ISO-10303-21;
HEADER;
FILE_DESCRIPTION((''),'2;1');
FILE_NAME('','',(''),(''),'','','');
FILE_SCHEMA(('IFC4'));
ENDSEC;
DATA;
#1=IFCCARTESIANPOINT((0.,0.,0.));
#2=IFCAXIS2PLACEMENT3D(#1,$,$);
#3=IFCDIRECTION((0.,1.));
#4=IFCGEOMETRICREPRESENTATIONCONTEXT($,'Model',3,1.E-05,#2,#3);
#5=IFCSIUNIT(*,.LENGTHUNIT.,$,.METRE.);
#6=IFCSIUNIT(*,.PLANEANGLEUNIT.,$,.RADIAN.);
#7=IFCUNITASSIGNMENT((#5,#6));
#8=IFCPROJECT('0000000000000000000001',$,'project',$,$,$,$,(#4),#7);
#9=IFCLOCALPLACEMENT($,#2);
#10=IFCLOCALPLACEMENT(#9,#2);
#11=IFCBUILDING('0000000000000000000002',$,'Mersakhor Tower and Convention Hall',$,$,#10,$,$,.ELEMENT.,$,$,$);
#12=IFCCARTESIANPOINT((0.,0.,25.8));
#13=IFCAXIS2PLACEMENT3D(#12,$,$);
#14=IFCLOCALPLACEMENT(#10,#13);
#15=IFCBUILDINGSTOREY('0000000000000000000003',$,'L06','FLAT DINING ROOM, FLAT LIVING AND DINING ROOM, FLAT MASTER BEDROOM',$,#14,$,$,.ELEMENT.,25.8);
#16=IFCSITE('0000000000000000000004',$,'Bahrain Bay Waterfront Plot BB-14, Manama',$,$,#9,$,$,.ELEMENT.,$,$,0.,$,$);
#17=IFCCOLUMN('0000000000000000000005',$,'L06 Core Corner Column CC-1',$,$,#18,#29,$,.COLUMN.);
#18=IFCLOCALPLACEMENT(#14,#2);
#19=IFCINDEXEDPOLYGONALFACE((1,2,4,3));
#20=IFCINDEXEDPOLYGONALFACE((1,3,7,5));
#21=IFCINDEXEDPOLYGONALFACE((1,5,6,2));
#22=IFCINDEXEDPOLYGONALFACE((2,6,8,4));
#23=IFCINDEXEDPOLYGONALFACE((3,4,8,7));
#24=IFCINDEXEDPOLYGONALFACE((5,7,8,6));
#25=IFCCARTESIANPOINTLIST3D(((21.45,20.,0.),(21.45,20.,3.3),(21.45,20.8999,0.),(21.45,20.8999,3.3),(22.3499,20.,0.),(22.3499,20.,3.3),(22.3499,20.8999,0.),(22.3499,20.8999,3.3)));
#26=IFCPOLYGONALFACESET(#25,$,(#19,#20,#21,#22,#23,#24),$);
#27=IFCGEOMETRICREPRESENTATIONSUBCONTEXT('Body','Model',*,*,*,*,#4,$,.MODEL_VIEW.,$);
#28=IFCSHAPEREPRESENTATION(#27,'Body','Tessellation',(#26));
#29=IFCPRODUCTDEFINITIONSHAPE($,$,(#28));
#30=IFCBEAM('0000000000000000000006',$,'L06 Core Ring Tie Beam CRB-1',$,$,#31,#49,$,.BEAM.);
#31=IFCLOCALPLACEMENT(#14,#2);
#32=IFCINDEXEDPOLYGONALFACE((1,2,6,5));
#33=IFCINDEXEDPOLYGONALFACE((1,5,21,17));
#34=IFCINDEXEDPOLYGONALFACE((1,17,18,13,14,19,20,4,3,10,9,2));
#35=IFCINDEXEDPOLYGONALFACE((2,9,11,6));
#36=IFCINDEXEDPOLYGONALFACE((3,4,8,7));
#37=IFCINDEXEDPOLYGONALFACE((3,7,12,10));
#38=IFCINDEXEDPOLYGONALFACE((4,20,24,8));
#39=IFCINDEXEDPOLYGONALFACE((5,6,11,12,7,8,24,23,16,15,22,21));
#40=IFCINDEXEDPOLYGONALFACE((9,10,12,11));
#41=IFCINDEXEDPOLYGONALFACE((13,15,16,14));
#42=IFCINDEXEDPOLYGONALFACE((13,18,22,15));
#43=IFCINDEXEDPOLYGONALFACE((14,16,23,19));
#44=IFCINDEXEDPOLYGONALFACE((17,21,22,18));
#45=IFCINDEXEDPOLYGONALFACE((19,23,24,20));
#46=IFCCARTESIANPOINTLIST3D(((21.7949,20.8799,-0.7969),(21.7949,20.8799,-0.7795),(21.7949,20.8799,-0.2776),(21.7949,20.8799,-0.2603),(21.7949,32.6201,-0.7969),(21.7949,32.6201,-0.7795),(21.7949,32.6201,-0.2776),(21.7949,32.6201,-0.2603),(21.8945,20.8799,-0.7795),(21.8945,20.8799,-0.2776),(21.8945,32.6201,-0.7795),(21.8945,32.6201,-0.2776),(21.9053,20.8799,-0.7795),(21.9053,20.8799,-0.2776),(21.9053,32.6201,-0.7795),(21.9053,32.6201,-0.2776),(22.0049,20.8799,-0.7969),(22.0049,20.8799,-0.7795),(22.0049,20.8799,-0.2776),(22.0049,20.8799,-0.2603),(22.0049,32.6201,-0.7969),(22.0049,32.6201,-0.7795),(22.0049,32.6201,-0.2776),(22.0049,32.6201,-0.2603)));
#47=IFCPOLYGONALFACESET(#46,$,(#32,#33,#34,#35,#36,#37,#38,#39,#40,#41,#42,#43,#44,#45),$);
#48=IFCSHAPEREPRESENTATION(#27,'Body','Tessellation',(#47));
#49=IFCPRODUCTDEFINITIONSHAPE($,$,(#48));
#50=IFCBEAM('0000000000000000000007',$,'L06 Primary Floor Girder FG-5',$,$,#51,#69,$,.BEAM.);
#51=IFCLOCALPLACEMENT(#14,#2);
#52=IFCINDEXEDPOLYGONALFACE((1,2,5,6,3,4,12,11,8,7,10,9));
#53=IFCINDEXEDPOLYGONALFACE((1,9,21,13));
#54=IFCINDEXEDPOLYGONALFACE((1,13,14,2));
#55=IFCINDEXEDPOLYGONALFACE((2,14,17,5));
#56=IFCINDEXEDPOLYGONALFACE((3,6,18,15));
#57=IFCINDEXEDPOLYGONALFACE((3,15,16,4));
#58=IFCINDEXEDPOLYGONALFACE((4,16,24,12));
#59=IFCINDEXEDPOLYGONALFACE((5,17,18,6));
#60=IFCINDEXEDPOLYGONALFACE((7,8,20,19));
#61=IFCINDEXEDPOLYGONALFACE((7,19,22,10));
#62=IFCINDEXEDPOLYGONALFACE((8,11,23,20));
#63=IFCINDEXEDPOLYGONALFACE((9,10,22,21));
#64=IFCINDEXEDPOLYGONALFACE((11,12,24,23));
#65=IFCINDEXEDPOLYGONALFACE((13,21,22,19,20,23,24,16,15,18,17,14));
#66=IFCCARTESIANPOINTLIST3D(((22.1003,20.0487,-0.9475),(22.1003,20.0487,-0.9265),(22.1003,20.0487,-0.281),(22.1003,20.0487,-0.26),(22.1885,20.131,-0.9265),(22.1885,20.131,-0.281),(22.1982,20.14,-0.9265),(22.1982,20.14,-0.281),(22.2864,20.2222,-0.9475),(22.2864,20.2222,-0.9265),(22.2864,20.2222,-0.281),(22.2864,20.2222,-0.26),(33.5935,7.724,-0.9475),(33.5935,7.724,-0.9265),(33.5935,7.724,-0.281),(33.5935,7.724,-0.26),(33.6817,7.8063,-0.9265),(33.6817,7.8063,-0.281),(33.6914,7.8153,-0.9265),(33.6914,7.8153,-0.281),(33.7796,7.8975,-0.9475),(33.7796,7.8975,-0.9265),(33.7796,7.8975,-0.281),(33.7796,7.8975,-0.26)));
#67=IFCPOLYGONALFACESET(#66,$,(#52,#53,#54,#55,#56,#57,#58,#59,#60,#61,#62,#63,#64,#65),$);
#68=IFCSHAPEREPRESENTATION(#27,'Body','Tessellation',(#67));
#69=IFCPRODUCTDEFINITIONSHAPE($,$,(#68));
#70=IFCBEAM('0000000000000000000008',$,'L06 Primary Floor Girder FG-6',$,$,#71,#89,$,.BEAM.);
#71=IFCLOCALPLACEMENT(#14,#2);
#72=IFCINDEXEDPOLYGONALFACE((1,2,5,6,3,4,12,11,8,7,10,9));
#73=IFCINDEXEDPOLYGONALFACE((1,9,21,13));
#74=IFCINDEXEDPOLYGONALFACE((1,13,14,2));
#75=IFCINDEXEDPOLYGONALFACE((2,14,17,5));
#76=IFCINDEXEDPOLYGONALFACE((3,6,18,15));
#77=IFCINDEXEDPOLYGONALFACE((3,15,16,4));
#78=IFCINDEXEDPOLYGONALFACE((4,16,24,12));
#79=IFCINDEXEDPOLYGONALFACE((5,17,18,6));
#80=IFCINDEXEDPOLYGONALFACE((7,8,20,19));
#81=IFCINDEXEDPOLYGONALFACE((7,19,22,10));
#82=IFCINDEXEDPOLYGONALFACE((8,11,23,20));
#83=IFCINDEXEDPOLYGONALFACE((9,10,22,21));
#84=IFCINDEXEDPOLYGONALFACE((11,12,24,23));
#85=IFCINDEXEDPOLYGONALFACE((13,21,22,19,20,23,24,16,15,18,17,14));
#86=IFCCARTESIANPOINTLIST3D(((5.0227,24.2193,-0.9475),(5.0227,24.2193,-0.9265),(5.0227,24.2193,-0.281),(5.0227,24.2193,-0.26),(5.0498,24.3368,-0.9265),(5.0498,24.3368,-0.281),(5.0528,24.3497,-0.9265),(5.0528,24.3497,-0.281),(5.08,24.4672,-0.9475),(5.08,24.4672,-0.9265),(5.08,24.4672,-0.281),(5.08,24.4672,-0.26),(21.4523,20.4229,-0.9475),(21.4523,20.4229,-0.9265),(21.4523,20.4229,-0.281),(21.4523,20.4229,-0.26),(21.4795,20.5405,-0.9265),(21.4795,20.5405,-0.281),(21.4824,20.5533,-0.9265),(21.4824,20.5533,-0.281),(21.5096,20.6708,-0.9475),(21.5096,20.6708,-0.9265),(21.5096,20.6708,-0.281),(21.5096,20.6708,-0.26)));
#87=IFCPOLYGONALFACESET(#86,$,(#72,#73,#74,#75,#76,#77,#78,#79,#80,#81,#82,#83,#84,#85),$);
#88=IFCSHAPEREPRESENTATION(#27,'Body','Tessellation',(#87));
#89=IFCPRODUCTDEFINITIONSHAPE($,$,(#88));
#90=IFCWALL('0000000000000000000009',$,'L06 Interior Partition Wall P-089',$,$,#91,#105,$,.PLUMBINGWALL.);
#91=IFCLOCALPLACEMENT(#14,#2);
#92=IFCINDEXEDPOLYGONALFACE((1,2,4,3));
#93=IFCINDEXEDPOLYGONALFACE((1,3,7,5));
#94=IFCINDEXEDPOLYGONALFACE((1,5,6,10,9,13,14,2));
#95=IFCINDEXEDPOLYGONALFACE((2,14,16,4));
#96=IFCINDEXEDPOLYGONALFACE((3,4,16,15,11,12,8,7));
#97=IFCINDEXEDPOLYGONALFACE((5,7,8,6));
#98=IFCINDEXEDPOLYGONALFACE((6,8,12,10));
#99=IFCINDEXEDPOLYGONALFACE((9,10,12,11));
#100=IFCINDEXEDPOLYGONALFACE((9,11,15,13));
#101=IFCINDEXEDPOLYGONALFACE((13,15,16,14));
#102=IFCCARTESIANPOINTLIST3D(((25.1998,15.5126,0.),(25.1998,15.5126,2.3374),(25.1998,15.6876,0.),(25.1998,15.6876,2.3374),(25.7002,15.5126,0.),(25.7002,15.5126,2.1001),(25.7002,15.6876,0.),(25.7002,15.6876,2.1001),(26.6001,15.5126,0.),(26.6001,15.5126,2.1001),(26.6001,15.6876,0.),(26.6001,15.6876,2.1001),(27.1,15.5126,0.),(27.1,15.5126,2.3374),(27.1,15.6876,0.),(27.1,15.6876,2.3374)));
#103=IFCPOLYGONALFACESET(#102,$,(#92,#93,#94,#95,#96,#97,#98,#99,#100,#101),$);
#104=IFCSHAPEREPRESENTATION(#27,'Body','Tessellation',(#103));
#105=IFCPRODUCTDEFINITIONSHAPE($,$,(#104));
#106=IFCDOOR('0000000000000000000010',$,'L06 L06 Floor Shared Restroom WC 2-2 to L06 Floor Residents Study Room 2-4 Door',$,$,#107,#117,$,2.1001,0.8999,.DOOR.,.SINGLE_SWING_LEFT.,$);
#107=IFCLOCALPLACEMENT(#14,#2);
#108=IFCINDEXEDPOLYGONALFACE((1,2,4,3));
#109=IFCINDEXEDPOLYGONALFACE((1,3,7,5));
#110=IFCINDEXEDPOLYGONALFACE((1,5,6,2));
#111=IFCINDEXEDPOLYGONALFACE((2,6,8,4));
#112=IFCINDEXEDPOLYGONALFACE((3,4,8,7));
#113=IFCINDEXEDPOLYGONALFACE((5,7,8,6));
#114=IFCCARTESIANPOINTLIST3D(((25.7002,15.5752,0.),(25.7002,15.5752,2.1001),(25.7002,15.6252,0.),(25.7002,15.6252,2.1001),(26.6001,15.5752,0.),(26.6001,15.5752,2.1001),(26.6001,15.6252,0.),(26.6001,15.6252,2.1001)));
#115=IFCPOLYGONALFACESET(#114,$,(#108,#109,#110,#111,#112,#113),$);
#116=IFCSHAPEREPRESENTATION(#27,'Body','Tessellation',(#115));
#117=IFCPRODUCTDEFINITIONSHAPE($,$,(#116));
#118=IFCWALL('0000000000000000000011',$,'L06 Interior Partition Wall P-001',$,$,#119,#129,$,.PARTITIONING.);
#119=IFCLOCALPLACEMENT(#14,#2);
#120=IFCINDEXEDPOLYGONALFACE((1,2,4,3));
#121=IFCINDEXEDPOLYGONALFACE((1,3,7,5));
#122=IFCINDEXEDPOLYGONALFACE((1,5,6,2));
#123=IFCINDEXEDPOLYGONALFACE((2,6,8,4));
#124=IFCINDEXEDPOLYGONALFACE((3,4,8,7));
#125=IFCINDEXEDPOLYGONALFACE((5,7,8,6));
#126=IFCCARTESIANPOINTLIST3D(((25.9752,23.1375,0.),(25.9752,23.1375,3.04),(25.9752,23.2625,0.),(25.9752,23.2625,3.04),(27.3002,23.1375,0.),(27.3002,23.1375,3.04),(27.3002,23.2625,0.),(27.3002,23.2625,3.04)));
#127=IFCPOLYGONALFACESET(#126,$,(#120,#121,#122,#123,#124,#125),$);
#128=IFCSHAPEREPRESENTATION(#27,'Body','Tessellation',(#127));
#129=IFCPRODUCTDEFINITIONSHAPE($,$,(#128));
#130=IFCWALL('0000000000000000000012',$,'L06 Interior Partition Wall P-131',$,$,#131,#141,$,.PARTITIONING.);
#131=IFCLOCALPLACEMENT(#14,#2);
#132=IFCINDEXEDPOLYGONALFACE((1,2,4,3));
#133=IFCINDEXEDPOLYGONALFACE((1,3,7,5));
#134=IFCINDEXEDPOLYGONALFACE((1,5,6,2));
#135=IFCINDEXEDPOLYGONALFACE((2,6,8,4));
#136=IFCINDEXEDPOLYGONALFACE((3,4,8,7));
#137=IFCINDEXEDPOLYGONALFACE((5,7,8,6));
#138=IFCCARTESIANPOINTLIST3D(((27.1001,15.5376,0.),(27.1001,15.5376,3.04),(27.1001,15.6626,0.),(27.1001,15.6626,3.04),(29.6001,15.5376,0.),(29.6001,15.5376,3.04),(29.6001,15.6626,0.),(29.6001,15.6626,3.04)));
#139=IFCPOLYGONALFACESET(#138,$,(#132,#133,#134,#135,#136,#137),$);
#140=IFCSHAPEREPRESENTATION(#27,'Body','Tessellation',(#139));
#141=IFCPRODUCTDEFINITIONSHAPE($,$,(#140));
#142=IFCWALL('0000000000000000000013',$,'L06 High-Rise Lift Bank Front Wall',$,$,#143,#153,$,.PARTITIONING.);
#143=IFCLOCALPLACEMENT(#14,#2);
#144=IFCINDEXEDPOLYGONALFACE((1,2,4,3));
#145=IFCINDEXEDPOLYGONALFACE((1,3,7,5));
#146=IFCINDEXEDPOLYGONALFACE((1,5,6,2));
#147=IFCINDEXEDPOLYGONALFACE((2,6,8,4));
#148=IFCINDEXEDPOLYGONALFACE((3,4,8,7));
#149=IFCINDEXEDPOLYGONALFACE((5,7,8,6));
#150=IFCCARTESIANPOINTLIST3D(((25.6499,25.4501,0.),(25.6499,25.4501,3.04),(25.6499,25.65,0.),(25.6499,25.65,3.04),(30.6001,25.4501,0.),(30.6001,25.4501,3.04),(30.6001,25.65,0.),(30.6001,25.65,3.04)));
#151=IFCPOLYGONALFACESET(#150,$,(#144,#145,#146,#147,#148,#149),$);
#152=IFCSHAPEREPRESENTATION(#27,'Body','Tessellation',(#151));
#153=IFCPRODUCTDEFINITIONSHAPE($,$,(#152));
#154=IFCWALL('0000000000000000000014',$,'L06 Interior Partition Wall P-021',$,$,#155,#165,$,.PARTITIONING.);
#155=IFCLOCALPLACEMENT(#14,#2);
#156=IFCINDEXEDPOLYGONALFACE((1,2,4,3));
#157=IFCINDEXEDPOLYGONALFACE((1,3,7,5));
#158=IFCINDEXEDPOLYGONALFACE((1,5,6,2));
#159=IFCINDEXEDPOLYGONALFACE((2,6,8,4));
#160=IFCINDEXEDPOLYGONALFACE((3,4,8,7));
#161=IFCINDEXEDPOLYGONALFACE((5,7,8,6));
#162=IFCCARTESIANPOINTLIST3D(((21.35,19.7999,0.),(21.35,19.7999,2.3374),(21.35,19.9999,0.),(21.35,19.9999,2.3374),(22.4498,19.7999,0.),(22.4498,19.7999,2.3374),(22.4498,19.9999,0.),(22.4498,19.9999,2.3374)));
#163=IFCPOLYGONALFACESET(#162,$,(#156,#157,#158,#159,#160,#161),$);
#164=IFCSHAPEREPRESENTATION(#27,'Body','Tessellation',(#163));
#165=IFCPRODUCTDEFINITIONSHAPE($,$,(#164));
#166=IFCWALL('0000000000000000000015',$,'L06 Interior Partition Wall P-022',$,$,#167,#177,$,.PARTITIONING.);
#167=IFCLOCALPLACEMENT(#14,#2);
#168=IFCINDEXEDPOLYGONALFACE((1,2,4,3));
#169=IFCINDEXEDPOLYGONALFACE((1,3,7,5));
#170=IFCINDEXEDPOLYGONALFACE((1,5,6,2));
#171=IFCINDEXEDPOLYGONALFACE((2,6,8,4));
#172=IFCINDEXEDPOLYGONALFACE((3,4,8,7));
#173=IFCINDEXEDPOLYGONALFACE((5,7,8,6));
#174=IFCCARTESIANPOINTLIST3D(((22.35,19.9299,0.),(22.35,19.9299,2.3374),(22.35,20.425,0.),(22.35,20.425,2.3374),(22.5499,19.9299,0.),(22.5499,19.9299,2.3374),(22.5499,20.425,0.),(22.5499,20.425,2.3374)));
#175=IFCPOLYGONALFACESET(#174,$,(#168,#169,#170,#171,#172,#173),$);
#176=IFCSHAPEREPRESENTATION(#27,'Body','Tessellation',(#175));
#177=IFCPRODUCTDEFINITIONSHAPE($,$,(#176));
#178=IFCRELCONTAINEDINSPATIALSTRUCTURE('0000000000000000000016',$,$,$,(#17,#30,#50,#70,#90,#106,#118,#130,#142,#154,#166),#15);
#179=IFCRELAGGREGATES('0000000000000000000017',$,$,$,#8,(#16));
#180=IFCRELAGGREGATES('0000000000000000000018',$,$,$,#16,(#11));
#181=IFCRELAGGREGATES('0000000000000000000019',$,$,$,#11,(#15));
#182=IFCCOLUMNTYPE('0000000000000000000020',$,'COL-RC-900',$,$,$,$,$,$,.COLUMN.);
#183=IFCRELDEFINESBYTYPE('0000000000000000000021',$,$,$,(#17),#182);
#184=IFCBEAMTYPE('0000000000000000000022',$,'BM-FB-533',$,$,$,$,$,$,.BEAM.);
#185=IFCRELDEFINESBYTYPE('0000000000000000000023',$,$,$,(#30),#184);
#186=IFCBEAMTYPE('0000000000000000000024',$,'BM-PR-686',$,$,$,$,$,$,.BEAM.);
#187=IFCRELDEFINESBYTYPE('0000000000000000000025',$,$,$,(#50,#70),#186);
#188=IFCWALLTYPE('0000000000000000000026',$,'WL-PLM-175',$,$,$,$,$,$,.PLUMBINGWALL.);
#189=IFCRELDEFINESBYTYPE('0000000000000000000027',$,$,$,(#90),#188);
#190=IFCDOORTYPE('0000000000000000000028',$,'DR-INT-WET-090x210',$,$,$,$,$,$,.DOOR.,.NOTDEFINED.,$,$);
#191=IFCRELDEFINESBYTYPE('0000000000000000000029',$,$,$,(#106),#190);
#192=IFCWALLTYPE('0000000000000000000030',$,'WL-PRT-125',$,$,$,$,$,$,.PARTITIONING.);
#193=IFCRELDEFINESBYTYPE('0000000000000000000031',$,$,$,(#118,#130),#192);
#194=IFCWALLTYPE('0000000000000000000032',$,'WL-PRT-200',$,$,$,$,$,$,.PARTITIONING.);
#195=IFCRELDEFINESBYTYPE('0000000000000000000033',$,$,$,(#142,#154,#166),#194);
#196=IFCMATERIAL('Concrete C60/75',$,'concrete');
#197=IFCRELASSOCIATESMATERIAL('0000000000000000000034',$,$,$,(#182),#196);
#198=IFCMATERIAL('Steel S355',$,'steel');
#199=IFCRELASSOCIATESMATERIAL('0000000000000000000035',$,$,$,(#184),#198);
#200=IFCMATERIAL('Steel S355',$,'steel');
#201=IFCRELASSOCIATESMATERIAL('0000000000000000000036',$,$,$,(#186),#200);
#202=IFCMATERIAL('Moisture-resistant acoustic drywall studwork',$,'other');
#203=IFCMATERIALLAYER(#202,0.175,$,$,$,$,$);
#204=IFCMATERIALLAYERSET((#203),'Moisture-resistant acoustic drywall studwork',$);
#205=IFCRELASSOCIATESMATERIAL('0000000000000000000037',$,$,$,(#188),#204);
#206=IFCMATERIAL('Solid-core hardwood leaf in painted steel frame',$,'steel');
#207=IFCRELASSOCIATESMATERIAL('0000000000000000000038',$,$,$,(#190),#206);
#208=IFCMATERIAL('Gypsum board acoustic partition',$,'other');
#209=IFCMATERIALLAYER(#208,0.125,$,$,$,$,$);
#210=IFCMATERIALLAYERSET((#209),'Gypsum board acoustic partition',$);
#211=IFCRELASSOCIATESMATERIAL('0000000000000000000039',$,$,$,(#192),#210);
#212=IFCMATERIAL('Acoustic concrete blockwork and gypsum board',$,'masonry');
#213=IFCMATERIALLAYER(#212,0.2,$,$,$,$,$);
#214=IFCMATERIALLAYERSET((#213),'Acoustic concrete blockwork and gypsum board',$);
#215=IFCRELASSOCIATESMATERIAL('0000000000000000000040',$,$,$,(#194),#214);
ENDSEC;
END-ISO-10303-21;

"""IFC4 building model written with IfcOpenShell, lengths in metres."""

from ifc_helpers import new_model, si_unit, direction, frame, frame_2d, origin, origin_2d, place, context, subcontext, project, spatial, rectangle, i_section, extrude, material, layer, layer_set, material_profile, profile_set, type_object, element, fill, save


model = new_model("IFC4")

# Units and contexts
model_context = context("Model", 3, precision=1e-05, world=origin(), true_north=direction((0.0, 1.0)))
body_context = subcontext(model_context, "Body", "Model", "MODEL_VIEW")
ifc_project = project(units=[si_unit("LENGTHUNIT", "METRE"), si_unit("PLANEANGLEUNIT", "RADIAN")], contexts=[model_context])

# Site, building, storey
site_placement = place(None, origin())
site = spatial("IfcSite", under=ifc_project, at=site_placement, Name="Bahrain Bay Waterfront Plot BB-14, Manama", CompositionType="ELEMENT", RefElevation=0.0)
building_placement = place(site_placement, origin())
building = spatial("IfcBuilding", under=site, at=building_placement, Name="Mersakhor Tower and Convention Hall", CompositionType="ELEMENT")
storey_placement = place(building_placement, frame((0.0, 0.0, 25.8)))
storey = spatial("IfcBuildingStorey", under=building, at=storey_placement, Name="L06", Description="FLAT DINING ROOM, FLAT LIVING AND DINING ROOM, FLAT MASTER BEDROOM", CompositionType="ELEMENT", Elevation=25.8)

# Column
ifc_material_1 = material(Name="Concrete C60/75", Category="concrete")
ifc_material_profile_1 = material_profile(ifc_material_1, rectangle(XDim=0.8999, YDim=0.8999, at=origin_2d()), Name="RC 900x900")
ifc_profile_set_1 = profile_set([ifc_material_profile_1], Name="Concrete C60/75")
column_type = type_object("IfcColumnType", Name="COL-RC-900", PredefinedType="COLUMN", material=ifc_profile_set_1)
column_placement = place(storey_placement, frame((21.8999, 20.45, 0.0), z_axis=(0.0, 0.0, 1.0), x_axis=(1.0, 0.0, 0.0)))
element("IfcColumn", 1, at=column_placement, inside=storey, type_object=column_type, Name="L06 Core Corner Column CC-1", PredefinedType="COLUMN", context=body_context, shape_type="SweptSolid", body=[
    extrude(rectangle(XDim=0.8999, YDim=0.8999, at=origin_2d()), origin(), (0.0, 0.0, 1.0), 3.3),
])

# Beams
ifc_material_2 = material(Name="Steel S355", Category="steel")
ifc_material_profile_2 = material_profile(ifc_material_2, i_section(OverallWidth=0.21, OverallDepth=0.5366, WebThickness=0.0107, FlangeThickness=0.0173, at=origin_2d()), Name="UB 533x210x101")
ifc_profile_set_2 = profile_set([ifc_material_profile_2], Name="Steel S355")
beam_type_1 = type_object("IfcBeamType", Name="BM-FB-533", PredefinedType="BEAM", material=ifc_profile_set_2)
beam_1_placement = place(storey_placement, frame((21.8999, 20.8799, -0.5286), z_axis=(0.0, 1.0, 0.0), x_axis=(-1.0, 0.0, 0.0)))
element("IfcBeam", 2, at=beam_1_placement, inside=storey, type_object=beam_type_1, Name="L06 Core Ring Tie Beam CRB-1", PredefinedType="BEAM", context=body_context, shape_type="SweptSolid", body=[
    extrude(i_section(OverallWidth=0.21, OverallDepth=0.5366, WebThickness=0.0107, FlangeThickness=0.0173, at=origin_2d()), origin(), (0.0, 0.0, 1.0), 11.7402),
])
ifc_material_3 = material(Name="Steel S355", Category="steel")
ifc_material_profile_3 = material_profile(ifc_material_3, i_section(OverallWidth=0.2544, OverallDepth=0.6875, WebThickness=0.0132, FlangeThickness=0.021, at=origin_2d()), Name="UB 686x254x152")
ifc_profile_set_3 = profile_set([ifc_material_profile_3], Name="Steel S355")
beam_type_2 = type_object("IfcBeamType", Name="BM-PR-686", PredefinedType="BEAM", material=ifc_profile_set_3)
beam_2_placement = place(storey_placement, frame((22.1934, 20.1355, -0.6038), z_axis=(0.682004, -0.731348, 0.0), x_axis=(0.731348, 0.682004, 0.0)))
element("IfcBeam", 3, at=beam_2_placement, inside=storey, type_object=beam_type_2, Name="L06 Primary Floor Girder FG-5", PredefinedType="BEAM", context=body_context, shape_type="SweptSolid", body=[
    extrude(i_section(OverallWidth=0.2544, OverallDepth=0.6875, WebThickness=0.0132, FlangeThickness=0.021, at=origin_2d()), origin(), (0.0, 0.0, 1.0), 16.8521),
])
beam_3_placement = place(storey_placement, frame((21.481, 20.5469, -0.6038), z_axis=(-0.974327, 0.225137, 0.0), x_axis=(-0.225137, -0.974327, 0.0)))
element("IfcBeam", 4, at=beam_3_placement, inside=storey, type_object=beam_type_2, Name="L06 Primary Floor Girder FG-6", PredefinedType="BEAM", context=body_context, shape_type="SweptSolid", body=[
    extrude(i_section(OverallWidth=0.2544, OverallDepth=0.6875, WebThickness=0.0132, FlangeThickness=0.021, at=origin_2d()), origin(), (0.0, 0.0, 1.0), 16.8625),
])

# Wall, opening, door
ifc_material_4 = material(Name="Moisture-resistant acoustic drywall studwork", Category="other")
ifc_layer_1 = layer(ifc_material_4, 0.175)
ifc_layer_set_1 = layer_set([ifc_layer_1], Name="Moisture-resistant acoustic drywall studwork")
wall_type_1 = type_object("IfcWallType", Name="WL-PLM-175", PredefinedType="PLUMBINGWALL", material=ifc_layer_set_1)
wall_1_placement = place(storey_placement, frame((27.1001, 15.6001, 0.0), z_axis=(0.0, 0.0, 1.0), x_axis=(-1.0, 0.0, 0.0)))
wall_1 = element("IfcWall", 5, at=wall_1_placement, inside=storey, type_object=wall_type_1, Name="L06 Interior Partition Wall P-089", PredefinedType="PLUMBINGWALL", context=body_context, shape_type="SweptSolid", body=[
    extrude(rectangle(XDim=1.9001, YDim=0.175, at=frame_2d((0.9502, 0.0))), origin(), (0.0, 0.0, 1.0), 2.3374),
])
opening_1_placement = place(wall_1_placement, frame((0.5, 0.0, 0.0)))
opening_1 = element("IfcOpeningElement", 6, at=opening_1_placement, cuts=wall_1, PredefinedType="OPENING", context=body_context, shape_type="SweptSolid", body=[
    extrude(rectangle(XDim=0.8999, YDim=2.1001, at=frame_2d((0.45, 1.05))), frame((0.0, 0.0974, 0.0), z_axis=(0.0, -1.0, 0.0), x_axis=(1.0, 0.0, 0.0)), (0.0, 0.0, 1.0), 0.1951),
])
ifc_material_5 = material(Name="Solid-core hardwood leaf in painted steel frame", Category="steel")
door_type_1 = type_object("IfcDoorType", Name="DR-INT-WET-090x210", OperationType="NOTDEFINED", PredefinedType="DOOR", material=ifc_material_5)
door_1_placement = place(opening_1_placement, origin())
door_1 = element("IfcDoor", 7, at=door_1_placement, inside=storey, type_object=door_type_1, Name="L06 L06 Floor Shared Restroom WC 2-2 to L06 Floor Residents Study Room 2-4 Door", OperationType="SINGLE_SWING_LEFT", OverallHeight=2.1001, OverallWidth=0.8999, PredefinedType="DOOR", context=body_context, shape_type="SweptSolid", body=[
    extrude(rectangle(XDim=0.8999, YDim=2.1001, at=frame_2d((0.45, 1.05))), frame((0.0, 0.0249, 0.0), z_axis=(0.0, -1.0, 0.0), x_axis=(1.0, 0.0, 0.0)), (0.0, 0.0, 1.0), 0.05),
])
fill(opening_1, door_1)

# Walls
ifc_material_6 = material(Name="Gypsum board acoustic partition", Category="other")
ifc_layer_2 = layer(ifc_material_6, 0.125)
ifc_layer_set_2 = layer_set([ifc_layer_2], Name="Gypsum board acoustic partition")
wall_type_2 = type_object("IfcWallType", Name="WL-PRT-125", PredefinedType="PARTITIONING", material=ifc_layer_set_2)
wall_2_placement = place(storey_placement, frame((25.9751, 23.2, 0.0), z_axis=(0.0, 0.0, 1.0), x_axis=(1.0, 0.0, 0.0)))
element("IfcWall", 8, at=wall_2_placement, inside=storey, type_object=wall_type_2, Name="L06 Interior Partition Wall P-001", PredefinedType="PARTITIONING", context=body_context, shape_type="SweptSolid", body=[
    extrude(rectangle(XDim=1.325, YDim=0.125, at=frame_2d((0.6626, 0.0))), origin(), (0.0, 0.0, 1.0), 3.04),
])
wall_3_placement = place(storey_placement, frame((27.1001, 15.6001, 0.0), z_axis=(0.0, 0.0, 1.0), x_axis=(1.0, 0.0, 0.0)))
element("IfcWall", 9, at=wall_3_placement, inside=storey, type_object=wall_type_2, Name="L06 Interior Partition Wall P-131", PredefinedType="PARTITIONING", context=body_context, shape_type="SweptSolid", body=[
    extrude(rectangle(XDim=2.5, YDim=0.125, at=frame_2d((1.25, 0.0))), origin(), (0.0, 0.0, 1.0), 3.04),
])
ifc_material_7 = material(Name="Acoustic concrete blockwork and gypsum board", Category="masonry")
ifc_layer_3 = layer(ifc_material_7, 0.2)
ifc_layer_set_3 = layer_set([ifc_layer_3], Name="Acoustic concrete blockwork and gypsum board")
wall_type_3 = type_object("IfcWallType", Name="WL-PRT-200", PredefinedType="PARTITIONING", material=ifc_layer_set_3)
wall_4_placement = place(storey_placement, frame((25.6499, 25.55, 0.0), z_axis=(0.0, 0.0, 1.0), x_axis=(1.0, 0.0, 0.0)))
element("IfcWall", 10, at=wall_4_placement, inside=storey, type_object=wall_type_3, Name="L06 High-Rise Lift Bank Front Wall", PredefinedType="PARTITIONING", context=body_context, shape_type="SweptSolid", body=[
    extrude(rectangle(XDim=4.9502, YDim=0.2, at=frame_2d((2.4751, 0.0))), origin(), (0.0, 0.0, 1.0), 3.04),
])
wall_5_placement = place(storey_placement, frame((21.3501, 19.8999, 0.0), z_axis=(0.0, 0.0, 1.0), x_axis=(1.0, 0.0, 0.0)))
element("IfcWall", 11, at=wall_5_placement, inside=storey, type_object=wall_type_3, Name="L06 Interior Partition Wall P-021", PredefinedType="PARTITIONING", context=body_context, shape_type="SweptSolid", body=[
    extrude(rectangle(XDim=1.0999, YDim=0.2, at=frame_2d((0.5498, 0.0))), origin(), (0.0, 0.0, 1.0), 2.3374),
])
wall_6_placement = place(storey_placement, frame((22.45, 19.9299, 0.0), z_axis=(0.0, 0.0, 1.0), x_axis=(0.0, 1.0, 0.0)))
element("IfcWall", 12, at=wall_6_placement, inside=storey, type_object=wall_type_3, Name="L06 Interior Partition Wall P-022", PredefinedType="PARTITIONING", context=body_context, shape_type="SweptSolid", body=[
    extrude(rectangle(XDim=0.4951, YDim=0.2, at=frame_2d((0.2476, 0.0))), origin(), (0.0, 0.0, 1.0), 2.3374),
])

save(model, "model.ifc")
